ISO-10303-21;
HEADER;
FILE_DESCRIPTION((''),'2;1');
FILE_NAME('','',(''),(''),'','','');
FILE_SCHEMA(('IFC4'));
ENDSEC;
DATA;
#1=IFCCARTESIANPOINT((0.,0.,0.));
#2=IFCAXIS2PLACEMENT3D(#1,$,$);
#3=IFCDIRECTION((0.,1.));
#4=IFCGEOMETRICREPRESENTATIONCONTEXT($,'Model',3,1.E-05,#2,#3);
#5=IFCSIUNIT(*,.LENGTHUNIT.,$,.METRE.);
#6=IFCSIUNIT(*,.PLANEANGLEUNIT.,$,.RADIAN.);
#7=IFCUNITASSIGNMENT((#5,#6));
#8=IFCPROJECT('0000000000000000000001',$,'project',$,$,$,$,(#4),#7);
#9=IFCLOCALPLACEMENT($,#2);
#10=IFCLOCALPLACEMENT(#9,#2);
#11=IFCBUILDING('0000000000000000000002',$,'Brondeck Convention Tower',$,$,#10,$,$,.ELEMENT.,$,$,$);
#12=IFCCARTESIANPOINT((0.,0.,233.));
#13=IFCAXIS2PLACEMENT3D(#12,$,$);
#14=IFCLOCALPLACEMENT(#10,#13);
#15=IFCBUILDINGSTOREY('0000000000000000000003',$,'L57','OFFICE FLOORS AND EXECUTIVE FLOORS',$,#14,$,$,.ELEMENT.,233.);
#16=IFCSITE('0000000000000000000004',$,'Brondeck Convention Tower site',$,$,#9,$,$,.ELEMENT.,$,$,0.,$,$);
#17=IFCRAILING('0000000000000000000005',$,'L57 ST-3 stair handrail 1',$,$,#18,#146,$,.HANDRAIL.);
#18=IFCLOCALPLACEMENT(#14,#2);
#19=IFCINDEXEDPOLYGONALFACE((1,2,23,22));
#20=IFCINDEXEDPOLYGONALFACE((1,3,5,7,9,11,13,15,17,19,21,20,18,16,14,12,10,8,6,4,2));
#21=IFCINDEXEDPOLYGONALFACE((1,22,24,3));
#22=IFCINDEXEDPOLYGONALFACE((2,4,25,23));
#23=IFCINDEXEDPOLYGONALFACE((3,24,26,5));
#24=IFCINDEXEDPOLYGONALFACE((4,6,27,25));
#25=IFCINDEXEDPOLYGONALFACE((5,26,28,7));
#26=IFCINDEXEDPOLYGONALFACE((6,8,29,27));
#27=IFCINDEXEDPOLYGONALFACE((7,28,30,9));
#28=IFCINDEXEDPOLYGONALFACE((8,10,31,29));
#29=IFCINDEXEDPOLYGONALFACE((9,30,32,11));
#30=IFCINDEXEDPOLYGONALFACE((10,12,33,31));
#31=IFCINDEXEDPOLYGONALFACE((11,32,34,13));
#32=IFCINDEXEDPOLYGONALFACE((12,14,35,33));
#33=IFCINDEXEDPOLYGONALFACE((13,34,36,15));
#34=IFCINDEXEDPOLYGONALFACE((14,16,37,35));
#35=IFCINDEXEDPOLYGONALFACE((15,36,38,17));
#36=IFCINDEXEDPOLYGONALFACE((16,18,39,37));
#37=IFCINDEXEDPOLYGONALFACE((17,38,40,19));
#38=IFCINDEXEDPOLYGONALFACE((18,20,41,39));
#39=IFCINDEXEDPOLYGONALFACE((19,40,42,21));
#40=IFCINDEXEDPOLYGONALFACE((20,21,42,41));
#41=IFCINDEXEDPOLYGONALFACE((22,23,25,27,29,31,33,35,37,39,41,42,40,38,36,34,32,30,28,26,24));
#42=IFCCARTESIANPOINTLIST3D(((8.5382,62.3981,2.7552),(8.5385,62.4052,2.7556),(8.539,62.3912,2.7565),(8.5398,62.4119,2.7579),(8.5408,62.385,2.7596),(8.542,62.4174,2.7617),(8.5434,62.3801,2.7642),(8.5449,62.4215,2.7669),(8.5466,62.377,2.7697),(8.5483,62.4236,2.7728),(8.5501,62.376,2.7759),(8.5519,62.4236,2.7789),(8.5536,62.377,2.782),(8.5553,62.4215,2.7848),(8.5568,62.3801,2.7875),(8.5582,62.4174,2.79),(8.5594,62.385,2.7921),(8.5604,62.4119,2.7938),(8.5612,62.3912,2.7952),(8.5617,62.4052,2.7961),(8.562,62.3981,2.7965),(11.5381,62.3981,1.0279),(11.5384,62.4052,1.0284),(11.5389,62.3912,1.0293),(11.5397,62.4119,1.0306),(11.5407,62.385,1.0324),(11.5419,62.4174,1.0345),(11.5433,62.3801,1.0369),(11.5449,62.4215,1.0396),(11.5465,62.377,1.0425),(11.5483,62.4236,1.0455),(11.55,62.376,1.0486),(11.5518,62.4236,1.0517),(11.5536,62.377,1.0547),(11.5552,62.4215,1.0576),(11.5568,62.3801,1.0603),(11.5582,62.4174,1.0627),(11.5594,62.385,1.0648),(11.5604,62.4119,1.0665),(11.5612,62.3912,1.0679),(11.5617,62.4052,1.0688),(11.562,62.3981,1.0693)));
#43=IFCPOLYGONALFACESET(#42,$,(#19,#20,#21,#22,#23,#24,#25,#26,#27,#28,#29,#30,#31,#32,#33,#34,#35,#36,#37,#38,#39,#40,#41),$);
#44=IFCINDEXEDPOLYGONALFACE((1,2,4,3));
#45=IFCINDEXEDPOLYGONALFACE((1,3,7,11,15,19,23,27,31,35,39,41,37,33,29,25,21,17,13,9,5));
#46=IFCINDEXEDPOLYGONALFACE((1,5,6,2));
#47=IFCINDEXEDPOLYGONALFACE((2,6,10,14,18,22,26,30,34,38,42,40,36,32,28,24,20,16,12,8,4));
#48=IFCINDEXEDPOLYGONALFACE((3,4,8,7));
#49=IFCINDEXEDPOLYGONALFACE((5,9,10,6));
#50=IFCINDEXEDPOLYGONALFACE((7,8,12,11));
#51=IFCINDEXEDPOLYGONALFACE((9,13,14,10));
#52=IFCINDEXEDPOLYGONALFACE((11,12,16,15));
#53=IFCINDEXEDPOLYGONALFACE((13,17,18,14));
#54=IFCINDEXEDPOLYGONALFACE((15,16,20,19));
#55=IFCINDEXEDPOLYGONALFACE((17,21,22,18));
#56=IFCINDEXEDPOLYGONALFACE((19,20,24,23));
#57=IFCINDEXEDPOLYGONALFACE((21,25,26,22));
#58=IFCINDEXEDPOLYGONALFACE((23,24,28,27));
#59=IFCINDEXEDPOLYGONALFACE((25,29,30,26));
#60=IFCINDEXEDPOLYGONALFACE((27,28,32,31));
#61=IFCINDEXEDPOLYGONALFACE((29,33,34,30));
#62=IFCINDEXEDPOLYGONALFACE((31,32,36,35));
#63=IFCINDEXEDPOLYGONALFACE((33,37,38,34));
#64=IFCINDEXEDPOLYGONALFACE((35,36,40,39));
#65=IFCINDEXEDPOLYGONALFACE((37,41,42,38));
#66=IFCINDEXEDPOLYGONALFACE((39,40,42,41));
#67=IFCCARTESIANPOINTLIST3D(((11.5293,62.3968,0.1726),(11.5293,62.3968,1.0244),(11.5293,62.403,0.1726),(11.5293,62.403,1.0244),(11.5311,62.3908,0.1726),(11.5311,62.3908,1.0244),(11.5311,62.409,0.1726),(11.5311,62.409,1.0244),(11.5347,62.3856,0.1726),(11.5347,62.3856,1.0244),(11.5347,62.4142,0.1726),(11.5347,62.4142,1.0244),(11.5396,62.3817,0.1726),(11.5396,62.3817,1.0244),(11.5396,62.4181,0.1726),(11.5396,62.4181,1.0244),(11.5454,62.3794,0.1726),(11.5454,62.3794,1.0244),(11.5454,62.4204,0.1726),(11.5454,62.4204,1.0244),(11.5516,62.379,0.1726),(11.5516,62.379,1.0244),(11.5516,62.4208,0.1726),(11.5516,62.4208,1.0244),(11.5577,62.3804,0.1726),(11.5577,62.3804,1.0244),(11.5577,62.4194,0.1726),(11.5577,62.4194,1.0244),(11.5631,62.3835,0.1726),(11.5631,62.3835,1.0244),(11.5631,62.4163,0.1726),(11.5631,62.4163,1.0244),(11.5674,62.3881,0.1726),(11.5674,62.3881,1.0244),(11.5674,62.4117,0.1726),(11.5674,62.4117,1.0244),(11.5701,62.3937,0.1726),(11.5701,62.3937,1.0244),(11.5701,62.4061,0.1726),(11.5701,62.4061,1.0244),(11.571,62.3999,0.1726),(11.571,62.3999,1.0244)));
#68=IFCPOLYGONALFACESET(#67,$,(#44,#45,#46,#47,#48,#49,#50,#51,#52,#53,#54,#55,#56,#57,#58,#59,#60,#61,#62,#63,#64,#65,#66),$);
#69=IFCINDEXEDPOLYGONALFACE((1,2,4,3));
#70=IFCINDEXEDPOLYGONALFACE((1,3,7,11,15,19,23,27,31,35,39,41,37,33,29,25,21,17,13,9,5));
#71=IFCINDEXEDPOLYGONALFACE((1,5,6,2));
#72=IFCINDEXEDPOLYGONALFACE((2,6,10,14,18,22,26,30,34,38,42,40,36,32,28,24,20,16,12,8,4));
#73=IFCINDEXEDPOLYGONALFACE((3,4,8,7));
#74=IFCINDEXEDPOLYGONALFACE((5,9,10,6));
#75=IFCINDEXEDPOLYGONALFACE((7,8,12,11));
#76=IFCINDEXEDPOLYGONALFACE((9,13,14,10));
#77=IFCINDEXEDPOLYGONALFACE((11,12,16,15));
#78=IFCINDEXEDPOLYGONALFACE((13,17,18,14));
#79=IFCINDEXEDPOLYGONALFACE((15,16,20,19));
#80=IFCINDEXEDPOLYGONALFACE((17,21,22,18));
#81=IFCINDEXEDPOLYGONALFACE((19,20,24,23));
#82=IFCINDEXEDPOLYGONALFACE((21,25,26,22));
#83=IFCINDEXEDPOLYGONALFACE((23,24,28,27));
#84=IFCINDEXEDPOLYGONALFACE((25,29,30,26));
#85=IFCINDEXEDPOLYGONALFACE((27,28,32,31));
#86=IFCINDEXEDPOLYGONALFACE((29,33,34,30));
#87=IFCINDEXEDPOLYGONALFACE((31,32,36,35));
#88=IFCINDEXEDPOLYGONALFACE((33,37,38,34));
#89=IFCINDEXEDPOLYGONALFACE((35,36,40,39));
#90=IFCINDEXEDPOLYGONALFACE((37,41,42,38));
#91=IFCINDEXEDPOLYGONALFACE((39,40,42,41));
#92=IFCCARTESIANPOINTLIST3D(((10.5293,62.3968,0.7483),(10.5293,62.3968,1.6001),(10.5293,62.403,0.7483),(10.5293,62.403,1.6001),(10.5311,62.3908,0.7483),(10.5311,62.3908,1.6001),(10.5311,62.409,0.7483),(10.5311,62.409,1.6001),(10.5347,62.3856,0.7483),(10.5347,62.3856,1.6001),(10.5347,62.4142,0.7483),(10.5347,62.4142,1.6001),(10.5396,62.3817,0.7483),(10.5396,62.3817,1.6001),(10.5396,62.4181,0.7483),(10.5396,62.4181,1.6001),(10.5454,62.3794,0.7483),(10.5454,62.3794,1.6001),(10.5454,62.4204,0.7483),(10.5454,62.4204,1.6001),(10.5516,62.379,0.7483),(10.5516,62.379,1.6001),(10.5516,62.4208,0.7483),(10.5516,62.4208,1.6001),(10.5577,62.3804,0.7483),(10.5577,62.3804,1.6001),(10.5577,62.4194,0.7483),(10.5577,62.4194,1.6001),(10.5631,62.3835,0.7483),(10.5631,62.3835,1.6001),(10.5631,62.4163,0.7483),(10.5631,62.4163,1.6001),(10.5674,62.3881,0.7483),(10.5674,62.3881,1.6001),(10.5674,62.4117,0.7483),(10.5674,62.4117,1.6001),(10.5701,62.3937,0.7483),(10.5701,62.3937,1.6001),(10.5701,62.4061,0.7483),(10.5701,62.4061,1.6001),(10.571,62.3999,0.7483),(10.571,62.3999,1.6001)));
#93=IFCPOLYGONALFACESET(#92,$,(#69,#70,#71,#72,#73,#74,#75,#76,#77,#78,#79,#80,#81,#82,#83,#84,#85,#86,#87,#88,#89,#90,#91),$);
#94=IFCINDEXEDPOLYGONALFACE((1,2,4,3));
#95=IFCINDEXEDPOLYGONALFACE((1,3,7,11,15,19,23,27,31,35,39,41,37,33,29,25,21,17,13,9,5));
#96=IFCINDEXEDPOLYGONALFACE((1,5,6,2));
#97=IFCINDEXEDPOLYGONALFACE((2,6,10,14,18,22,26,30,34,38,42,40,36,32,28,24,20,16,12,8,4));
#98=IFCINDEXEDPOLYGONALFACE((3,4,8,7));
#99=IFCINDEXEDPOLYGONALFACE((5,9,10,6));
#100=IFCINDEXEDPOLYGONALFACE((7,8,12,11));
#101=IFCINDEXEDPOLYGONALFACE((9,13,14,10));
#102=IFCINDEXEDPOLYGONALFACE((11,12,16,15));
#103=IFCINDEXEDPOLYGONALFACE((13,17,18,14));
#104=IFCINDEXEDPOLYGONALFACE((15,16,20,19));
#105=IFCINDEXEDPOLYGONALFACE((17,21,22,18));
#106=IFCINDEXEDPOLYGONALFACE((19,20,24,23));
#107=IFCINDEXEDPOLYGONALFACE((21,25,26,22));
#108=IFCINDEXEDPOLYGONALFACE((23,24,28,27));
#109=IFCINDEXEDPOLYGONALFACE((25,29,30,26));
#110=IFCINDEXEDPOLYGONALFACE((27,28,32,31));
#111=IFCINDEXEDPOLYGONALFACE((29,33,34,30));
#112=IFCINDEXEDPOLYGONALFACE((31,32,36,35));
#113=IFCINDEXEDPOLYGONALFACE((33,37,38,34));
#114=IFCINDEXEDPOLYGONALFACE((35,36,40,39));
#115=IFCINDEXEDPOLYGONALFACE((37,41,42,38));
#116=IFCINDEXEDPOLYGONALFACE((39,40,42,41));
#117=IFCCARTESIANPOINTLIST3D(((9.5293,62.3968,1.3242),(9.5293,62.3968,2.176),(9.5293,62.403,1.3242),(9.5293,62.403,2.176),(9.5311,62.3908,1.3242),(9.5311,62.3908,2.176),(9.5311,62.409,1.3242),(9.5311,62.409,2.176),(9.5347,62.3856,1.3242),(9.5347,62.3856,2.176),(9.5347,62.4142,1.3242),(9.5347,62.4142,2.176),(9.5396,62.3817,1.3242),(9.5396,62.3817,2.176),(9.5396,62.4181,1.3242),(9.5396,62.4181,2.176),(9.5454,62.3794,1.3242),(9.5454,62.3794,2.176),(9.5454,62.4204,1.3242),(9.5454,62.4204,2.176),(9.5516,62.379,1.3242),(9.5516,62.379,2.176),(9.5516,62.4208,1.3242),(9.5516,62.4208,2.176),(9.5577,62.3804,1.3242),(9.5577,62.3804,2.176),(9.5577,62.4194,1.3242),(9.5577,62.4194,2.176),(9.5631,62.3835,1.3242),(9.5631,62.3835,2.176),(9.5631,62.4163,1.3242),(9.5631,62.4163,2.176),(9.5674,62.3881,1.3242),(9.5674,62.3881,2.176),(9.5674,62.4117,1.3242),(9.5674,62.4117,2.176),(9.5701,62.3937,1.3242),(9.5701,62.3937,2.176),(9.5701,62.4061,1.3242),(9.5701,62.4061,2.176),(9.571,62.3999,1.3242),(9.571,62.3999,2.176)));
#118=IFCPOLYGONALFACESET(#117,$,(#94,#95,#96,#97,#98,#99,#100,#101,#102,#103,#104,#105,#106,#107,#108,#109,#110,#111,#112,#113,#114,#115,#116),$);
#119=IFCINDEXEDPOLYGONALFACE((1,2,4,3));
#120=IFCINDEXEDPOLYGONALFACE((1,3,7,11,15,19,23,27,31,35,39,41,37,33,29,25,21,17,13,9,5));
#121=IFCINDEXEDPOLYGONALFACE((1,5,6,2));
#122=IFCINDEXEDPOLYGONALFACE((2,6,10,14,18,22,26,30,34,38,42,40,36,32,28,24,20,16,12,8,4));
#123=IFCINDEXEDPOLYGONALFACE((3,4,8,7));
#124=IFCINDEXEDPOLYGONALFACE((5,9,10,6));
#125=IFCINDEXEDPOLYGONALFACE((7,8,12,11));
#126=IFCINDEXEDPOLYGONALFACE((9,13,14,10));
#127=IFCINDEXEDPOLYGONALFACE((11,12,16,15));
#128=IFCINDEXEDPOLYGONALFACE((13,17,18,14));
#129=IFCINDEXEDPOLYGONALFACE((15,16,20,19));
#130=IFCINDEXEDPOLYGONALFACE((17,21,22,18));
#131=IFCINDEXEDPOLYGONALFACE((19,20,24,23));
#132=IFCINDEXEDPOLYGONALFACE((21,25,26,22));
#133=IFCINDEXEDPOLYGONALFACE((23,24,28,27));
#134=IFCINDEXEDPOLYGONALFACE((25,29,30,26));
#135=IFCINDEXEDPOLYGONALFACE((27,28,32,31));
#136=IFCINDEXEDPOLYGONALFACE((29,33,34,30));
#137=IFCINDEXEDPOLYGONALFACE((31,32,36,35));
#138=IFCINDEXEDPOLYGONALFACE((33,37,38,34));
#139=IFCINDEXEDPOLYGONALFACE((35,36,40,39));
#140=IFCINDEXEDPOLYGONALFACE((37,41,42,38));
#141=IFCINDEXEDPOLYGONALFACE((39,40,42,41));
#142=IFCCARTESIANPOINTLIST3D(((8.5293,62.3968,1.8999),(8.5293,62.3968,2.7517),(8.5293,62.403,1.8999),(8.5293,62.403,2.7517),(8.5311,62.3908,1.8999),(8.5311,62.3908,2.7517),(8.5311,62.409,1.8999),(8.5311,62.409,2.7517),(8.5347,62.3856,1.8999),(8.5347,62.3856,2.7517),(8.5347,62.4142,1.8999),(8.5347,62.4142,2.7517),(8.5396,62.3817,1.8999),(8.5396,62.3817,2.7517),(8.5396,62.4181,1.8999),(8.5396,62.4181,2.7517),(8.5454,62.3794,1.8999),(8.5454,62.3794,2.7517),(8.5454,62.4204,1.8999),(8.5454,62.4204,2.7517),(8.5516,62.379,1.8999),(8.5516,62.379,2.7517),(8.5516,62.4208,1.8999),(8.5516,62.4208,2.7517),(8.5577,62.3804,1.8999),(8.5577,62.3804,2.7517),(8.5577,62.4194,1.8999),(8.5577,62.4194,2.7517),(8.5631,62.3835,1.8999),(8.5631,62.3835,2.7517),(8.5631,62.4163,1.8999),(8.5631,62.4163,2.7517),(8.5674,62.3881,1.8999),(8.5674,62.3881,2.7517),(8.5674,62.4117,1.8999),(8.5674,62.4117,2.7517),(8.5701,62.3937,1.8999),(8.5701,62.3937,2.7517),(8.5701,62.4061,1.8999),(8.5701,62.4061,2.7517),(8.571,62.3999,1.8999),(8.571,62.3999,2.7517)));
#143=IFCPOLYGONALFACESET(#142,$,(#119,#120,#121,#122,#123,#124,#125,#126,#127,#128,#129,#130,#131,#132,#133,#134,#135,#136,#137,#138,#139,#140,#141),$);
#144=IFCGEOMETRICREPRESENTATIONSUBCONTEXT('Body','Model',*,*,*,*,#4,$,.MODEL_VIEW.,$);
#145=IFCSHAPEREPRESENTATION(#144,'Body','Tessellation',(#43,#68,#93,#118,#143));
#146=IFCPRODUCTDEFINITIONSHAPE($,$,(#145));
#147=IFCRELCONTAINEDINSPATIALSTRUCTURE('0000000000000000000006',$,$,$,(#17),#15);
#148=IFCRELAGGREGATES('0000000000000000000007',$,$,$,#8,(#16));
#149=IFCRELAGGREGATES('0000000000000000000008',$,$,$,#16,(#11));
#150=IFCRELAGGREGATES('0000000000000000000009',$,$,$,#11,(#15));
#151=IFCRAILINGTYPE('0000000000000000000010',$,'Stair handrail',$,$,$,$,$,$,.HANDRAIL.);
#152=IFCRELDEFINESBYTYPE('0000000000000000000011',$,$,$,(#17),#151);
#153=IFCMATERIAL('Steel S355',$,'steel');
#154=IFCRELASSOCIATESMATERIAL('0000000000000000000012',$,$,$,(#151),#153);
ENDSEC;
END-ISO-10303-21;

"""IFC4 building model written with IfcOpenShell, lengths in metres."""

from ifc_helpers import new_model, si_unit, direction, frame, origin, origin_2d, place, context, subcontext, project, spatial, circle, extrude, material, type_object, element, save


model = new_model("IFC4")

# Units and contexts
model_context = context("Model", 3, precision=1e-05, world=origin(), true_north=direction((0.0, 1.0)))
body_context = subcontext(model_context, "Body", "Model", "MODEL_VIEW")
ifc_project = project(units=[si_unit("LENGTHUNIT", "METRE"), si_unit("PLANEANGLEUNIT", "RADIAN")], contexts=[model_context])

# Site, building, storey
site_placement = place(None, origin())
site = spatial("IfcSite", under=ifc_project, at=site_placement, Name="Brondeck Convention Tower site", CompositionType="ELEMENT", RefElevation=0.0)
building_placement = place(site_placement, origin())
building = spatial("IfcBuilding", under=site, at=building_placement, Name="Brondeck Convention Tower", CompositionType="ELEMENT")
storey_placement = place(building_placement, frame((0.0, 0.0, 233.0)))
storey = spatial("IfcBuildingStorey", under=building, at=storey_placement, Name="L57", Description="OFFICE FLOORS AND EXECUTIVE FLOORS", CompositionType="ELEMENT", Elevation=233.0)

# Railing
ifc_material_1 = material(Name="Steel S355", Category="steel")
railing_type_1 = type_object("IfcRailingType", Name="Stair handrail", PredefinedType="HANDRAIL", material=ifc_material_1)
railing_1_placement = place(storey_placement, frame((11.55, 62.3999, 0.1726)))
element("IfcRailing", 1, at=railing_1_placement, inside=storey, type_object=railing_type_1, Name="L57 ST-3 stair handrail 1", PredefinedType="HANDRAIL", context=body_context, shape_type="SweptSolid", body=[
    extrude(circle(Radius=0.0239, at=origin_2d()), frame((0.0, 0.0, 0.876), z_axis=(-0.86662, 0.0, 0.498969), x_axis=(0.0, -1.0, 0.0)), (0.0, 0.0, 1.0), 3.4617),
    extrude(circle(Radius=0.021, at=origin_2d()), origin(), (0.0, 0.0, 1.0), 0.8518),
    extrude(circle(Radius=0.021, at=origin_2d()), frame((-1.0, 0.0, 0.5757)), (0.0, 0.0, 1.0), 0.8518),
    extrude(circle(Radius=0.021, at=origin_2d()), frame((-2.0, 0.0, 1.1516)), (0.0, 0.0, 1.0), 0.8518),
    extrude(circle(Radius=0.021, at=origin_2d()), frame((-3.0, 0.0, 1.7273)), (0.0, 0.0, 1.0), 0.8518),
])

save(model, "model.ifc")
